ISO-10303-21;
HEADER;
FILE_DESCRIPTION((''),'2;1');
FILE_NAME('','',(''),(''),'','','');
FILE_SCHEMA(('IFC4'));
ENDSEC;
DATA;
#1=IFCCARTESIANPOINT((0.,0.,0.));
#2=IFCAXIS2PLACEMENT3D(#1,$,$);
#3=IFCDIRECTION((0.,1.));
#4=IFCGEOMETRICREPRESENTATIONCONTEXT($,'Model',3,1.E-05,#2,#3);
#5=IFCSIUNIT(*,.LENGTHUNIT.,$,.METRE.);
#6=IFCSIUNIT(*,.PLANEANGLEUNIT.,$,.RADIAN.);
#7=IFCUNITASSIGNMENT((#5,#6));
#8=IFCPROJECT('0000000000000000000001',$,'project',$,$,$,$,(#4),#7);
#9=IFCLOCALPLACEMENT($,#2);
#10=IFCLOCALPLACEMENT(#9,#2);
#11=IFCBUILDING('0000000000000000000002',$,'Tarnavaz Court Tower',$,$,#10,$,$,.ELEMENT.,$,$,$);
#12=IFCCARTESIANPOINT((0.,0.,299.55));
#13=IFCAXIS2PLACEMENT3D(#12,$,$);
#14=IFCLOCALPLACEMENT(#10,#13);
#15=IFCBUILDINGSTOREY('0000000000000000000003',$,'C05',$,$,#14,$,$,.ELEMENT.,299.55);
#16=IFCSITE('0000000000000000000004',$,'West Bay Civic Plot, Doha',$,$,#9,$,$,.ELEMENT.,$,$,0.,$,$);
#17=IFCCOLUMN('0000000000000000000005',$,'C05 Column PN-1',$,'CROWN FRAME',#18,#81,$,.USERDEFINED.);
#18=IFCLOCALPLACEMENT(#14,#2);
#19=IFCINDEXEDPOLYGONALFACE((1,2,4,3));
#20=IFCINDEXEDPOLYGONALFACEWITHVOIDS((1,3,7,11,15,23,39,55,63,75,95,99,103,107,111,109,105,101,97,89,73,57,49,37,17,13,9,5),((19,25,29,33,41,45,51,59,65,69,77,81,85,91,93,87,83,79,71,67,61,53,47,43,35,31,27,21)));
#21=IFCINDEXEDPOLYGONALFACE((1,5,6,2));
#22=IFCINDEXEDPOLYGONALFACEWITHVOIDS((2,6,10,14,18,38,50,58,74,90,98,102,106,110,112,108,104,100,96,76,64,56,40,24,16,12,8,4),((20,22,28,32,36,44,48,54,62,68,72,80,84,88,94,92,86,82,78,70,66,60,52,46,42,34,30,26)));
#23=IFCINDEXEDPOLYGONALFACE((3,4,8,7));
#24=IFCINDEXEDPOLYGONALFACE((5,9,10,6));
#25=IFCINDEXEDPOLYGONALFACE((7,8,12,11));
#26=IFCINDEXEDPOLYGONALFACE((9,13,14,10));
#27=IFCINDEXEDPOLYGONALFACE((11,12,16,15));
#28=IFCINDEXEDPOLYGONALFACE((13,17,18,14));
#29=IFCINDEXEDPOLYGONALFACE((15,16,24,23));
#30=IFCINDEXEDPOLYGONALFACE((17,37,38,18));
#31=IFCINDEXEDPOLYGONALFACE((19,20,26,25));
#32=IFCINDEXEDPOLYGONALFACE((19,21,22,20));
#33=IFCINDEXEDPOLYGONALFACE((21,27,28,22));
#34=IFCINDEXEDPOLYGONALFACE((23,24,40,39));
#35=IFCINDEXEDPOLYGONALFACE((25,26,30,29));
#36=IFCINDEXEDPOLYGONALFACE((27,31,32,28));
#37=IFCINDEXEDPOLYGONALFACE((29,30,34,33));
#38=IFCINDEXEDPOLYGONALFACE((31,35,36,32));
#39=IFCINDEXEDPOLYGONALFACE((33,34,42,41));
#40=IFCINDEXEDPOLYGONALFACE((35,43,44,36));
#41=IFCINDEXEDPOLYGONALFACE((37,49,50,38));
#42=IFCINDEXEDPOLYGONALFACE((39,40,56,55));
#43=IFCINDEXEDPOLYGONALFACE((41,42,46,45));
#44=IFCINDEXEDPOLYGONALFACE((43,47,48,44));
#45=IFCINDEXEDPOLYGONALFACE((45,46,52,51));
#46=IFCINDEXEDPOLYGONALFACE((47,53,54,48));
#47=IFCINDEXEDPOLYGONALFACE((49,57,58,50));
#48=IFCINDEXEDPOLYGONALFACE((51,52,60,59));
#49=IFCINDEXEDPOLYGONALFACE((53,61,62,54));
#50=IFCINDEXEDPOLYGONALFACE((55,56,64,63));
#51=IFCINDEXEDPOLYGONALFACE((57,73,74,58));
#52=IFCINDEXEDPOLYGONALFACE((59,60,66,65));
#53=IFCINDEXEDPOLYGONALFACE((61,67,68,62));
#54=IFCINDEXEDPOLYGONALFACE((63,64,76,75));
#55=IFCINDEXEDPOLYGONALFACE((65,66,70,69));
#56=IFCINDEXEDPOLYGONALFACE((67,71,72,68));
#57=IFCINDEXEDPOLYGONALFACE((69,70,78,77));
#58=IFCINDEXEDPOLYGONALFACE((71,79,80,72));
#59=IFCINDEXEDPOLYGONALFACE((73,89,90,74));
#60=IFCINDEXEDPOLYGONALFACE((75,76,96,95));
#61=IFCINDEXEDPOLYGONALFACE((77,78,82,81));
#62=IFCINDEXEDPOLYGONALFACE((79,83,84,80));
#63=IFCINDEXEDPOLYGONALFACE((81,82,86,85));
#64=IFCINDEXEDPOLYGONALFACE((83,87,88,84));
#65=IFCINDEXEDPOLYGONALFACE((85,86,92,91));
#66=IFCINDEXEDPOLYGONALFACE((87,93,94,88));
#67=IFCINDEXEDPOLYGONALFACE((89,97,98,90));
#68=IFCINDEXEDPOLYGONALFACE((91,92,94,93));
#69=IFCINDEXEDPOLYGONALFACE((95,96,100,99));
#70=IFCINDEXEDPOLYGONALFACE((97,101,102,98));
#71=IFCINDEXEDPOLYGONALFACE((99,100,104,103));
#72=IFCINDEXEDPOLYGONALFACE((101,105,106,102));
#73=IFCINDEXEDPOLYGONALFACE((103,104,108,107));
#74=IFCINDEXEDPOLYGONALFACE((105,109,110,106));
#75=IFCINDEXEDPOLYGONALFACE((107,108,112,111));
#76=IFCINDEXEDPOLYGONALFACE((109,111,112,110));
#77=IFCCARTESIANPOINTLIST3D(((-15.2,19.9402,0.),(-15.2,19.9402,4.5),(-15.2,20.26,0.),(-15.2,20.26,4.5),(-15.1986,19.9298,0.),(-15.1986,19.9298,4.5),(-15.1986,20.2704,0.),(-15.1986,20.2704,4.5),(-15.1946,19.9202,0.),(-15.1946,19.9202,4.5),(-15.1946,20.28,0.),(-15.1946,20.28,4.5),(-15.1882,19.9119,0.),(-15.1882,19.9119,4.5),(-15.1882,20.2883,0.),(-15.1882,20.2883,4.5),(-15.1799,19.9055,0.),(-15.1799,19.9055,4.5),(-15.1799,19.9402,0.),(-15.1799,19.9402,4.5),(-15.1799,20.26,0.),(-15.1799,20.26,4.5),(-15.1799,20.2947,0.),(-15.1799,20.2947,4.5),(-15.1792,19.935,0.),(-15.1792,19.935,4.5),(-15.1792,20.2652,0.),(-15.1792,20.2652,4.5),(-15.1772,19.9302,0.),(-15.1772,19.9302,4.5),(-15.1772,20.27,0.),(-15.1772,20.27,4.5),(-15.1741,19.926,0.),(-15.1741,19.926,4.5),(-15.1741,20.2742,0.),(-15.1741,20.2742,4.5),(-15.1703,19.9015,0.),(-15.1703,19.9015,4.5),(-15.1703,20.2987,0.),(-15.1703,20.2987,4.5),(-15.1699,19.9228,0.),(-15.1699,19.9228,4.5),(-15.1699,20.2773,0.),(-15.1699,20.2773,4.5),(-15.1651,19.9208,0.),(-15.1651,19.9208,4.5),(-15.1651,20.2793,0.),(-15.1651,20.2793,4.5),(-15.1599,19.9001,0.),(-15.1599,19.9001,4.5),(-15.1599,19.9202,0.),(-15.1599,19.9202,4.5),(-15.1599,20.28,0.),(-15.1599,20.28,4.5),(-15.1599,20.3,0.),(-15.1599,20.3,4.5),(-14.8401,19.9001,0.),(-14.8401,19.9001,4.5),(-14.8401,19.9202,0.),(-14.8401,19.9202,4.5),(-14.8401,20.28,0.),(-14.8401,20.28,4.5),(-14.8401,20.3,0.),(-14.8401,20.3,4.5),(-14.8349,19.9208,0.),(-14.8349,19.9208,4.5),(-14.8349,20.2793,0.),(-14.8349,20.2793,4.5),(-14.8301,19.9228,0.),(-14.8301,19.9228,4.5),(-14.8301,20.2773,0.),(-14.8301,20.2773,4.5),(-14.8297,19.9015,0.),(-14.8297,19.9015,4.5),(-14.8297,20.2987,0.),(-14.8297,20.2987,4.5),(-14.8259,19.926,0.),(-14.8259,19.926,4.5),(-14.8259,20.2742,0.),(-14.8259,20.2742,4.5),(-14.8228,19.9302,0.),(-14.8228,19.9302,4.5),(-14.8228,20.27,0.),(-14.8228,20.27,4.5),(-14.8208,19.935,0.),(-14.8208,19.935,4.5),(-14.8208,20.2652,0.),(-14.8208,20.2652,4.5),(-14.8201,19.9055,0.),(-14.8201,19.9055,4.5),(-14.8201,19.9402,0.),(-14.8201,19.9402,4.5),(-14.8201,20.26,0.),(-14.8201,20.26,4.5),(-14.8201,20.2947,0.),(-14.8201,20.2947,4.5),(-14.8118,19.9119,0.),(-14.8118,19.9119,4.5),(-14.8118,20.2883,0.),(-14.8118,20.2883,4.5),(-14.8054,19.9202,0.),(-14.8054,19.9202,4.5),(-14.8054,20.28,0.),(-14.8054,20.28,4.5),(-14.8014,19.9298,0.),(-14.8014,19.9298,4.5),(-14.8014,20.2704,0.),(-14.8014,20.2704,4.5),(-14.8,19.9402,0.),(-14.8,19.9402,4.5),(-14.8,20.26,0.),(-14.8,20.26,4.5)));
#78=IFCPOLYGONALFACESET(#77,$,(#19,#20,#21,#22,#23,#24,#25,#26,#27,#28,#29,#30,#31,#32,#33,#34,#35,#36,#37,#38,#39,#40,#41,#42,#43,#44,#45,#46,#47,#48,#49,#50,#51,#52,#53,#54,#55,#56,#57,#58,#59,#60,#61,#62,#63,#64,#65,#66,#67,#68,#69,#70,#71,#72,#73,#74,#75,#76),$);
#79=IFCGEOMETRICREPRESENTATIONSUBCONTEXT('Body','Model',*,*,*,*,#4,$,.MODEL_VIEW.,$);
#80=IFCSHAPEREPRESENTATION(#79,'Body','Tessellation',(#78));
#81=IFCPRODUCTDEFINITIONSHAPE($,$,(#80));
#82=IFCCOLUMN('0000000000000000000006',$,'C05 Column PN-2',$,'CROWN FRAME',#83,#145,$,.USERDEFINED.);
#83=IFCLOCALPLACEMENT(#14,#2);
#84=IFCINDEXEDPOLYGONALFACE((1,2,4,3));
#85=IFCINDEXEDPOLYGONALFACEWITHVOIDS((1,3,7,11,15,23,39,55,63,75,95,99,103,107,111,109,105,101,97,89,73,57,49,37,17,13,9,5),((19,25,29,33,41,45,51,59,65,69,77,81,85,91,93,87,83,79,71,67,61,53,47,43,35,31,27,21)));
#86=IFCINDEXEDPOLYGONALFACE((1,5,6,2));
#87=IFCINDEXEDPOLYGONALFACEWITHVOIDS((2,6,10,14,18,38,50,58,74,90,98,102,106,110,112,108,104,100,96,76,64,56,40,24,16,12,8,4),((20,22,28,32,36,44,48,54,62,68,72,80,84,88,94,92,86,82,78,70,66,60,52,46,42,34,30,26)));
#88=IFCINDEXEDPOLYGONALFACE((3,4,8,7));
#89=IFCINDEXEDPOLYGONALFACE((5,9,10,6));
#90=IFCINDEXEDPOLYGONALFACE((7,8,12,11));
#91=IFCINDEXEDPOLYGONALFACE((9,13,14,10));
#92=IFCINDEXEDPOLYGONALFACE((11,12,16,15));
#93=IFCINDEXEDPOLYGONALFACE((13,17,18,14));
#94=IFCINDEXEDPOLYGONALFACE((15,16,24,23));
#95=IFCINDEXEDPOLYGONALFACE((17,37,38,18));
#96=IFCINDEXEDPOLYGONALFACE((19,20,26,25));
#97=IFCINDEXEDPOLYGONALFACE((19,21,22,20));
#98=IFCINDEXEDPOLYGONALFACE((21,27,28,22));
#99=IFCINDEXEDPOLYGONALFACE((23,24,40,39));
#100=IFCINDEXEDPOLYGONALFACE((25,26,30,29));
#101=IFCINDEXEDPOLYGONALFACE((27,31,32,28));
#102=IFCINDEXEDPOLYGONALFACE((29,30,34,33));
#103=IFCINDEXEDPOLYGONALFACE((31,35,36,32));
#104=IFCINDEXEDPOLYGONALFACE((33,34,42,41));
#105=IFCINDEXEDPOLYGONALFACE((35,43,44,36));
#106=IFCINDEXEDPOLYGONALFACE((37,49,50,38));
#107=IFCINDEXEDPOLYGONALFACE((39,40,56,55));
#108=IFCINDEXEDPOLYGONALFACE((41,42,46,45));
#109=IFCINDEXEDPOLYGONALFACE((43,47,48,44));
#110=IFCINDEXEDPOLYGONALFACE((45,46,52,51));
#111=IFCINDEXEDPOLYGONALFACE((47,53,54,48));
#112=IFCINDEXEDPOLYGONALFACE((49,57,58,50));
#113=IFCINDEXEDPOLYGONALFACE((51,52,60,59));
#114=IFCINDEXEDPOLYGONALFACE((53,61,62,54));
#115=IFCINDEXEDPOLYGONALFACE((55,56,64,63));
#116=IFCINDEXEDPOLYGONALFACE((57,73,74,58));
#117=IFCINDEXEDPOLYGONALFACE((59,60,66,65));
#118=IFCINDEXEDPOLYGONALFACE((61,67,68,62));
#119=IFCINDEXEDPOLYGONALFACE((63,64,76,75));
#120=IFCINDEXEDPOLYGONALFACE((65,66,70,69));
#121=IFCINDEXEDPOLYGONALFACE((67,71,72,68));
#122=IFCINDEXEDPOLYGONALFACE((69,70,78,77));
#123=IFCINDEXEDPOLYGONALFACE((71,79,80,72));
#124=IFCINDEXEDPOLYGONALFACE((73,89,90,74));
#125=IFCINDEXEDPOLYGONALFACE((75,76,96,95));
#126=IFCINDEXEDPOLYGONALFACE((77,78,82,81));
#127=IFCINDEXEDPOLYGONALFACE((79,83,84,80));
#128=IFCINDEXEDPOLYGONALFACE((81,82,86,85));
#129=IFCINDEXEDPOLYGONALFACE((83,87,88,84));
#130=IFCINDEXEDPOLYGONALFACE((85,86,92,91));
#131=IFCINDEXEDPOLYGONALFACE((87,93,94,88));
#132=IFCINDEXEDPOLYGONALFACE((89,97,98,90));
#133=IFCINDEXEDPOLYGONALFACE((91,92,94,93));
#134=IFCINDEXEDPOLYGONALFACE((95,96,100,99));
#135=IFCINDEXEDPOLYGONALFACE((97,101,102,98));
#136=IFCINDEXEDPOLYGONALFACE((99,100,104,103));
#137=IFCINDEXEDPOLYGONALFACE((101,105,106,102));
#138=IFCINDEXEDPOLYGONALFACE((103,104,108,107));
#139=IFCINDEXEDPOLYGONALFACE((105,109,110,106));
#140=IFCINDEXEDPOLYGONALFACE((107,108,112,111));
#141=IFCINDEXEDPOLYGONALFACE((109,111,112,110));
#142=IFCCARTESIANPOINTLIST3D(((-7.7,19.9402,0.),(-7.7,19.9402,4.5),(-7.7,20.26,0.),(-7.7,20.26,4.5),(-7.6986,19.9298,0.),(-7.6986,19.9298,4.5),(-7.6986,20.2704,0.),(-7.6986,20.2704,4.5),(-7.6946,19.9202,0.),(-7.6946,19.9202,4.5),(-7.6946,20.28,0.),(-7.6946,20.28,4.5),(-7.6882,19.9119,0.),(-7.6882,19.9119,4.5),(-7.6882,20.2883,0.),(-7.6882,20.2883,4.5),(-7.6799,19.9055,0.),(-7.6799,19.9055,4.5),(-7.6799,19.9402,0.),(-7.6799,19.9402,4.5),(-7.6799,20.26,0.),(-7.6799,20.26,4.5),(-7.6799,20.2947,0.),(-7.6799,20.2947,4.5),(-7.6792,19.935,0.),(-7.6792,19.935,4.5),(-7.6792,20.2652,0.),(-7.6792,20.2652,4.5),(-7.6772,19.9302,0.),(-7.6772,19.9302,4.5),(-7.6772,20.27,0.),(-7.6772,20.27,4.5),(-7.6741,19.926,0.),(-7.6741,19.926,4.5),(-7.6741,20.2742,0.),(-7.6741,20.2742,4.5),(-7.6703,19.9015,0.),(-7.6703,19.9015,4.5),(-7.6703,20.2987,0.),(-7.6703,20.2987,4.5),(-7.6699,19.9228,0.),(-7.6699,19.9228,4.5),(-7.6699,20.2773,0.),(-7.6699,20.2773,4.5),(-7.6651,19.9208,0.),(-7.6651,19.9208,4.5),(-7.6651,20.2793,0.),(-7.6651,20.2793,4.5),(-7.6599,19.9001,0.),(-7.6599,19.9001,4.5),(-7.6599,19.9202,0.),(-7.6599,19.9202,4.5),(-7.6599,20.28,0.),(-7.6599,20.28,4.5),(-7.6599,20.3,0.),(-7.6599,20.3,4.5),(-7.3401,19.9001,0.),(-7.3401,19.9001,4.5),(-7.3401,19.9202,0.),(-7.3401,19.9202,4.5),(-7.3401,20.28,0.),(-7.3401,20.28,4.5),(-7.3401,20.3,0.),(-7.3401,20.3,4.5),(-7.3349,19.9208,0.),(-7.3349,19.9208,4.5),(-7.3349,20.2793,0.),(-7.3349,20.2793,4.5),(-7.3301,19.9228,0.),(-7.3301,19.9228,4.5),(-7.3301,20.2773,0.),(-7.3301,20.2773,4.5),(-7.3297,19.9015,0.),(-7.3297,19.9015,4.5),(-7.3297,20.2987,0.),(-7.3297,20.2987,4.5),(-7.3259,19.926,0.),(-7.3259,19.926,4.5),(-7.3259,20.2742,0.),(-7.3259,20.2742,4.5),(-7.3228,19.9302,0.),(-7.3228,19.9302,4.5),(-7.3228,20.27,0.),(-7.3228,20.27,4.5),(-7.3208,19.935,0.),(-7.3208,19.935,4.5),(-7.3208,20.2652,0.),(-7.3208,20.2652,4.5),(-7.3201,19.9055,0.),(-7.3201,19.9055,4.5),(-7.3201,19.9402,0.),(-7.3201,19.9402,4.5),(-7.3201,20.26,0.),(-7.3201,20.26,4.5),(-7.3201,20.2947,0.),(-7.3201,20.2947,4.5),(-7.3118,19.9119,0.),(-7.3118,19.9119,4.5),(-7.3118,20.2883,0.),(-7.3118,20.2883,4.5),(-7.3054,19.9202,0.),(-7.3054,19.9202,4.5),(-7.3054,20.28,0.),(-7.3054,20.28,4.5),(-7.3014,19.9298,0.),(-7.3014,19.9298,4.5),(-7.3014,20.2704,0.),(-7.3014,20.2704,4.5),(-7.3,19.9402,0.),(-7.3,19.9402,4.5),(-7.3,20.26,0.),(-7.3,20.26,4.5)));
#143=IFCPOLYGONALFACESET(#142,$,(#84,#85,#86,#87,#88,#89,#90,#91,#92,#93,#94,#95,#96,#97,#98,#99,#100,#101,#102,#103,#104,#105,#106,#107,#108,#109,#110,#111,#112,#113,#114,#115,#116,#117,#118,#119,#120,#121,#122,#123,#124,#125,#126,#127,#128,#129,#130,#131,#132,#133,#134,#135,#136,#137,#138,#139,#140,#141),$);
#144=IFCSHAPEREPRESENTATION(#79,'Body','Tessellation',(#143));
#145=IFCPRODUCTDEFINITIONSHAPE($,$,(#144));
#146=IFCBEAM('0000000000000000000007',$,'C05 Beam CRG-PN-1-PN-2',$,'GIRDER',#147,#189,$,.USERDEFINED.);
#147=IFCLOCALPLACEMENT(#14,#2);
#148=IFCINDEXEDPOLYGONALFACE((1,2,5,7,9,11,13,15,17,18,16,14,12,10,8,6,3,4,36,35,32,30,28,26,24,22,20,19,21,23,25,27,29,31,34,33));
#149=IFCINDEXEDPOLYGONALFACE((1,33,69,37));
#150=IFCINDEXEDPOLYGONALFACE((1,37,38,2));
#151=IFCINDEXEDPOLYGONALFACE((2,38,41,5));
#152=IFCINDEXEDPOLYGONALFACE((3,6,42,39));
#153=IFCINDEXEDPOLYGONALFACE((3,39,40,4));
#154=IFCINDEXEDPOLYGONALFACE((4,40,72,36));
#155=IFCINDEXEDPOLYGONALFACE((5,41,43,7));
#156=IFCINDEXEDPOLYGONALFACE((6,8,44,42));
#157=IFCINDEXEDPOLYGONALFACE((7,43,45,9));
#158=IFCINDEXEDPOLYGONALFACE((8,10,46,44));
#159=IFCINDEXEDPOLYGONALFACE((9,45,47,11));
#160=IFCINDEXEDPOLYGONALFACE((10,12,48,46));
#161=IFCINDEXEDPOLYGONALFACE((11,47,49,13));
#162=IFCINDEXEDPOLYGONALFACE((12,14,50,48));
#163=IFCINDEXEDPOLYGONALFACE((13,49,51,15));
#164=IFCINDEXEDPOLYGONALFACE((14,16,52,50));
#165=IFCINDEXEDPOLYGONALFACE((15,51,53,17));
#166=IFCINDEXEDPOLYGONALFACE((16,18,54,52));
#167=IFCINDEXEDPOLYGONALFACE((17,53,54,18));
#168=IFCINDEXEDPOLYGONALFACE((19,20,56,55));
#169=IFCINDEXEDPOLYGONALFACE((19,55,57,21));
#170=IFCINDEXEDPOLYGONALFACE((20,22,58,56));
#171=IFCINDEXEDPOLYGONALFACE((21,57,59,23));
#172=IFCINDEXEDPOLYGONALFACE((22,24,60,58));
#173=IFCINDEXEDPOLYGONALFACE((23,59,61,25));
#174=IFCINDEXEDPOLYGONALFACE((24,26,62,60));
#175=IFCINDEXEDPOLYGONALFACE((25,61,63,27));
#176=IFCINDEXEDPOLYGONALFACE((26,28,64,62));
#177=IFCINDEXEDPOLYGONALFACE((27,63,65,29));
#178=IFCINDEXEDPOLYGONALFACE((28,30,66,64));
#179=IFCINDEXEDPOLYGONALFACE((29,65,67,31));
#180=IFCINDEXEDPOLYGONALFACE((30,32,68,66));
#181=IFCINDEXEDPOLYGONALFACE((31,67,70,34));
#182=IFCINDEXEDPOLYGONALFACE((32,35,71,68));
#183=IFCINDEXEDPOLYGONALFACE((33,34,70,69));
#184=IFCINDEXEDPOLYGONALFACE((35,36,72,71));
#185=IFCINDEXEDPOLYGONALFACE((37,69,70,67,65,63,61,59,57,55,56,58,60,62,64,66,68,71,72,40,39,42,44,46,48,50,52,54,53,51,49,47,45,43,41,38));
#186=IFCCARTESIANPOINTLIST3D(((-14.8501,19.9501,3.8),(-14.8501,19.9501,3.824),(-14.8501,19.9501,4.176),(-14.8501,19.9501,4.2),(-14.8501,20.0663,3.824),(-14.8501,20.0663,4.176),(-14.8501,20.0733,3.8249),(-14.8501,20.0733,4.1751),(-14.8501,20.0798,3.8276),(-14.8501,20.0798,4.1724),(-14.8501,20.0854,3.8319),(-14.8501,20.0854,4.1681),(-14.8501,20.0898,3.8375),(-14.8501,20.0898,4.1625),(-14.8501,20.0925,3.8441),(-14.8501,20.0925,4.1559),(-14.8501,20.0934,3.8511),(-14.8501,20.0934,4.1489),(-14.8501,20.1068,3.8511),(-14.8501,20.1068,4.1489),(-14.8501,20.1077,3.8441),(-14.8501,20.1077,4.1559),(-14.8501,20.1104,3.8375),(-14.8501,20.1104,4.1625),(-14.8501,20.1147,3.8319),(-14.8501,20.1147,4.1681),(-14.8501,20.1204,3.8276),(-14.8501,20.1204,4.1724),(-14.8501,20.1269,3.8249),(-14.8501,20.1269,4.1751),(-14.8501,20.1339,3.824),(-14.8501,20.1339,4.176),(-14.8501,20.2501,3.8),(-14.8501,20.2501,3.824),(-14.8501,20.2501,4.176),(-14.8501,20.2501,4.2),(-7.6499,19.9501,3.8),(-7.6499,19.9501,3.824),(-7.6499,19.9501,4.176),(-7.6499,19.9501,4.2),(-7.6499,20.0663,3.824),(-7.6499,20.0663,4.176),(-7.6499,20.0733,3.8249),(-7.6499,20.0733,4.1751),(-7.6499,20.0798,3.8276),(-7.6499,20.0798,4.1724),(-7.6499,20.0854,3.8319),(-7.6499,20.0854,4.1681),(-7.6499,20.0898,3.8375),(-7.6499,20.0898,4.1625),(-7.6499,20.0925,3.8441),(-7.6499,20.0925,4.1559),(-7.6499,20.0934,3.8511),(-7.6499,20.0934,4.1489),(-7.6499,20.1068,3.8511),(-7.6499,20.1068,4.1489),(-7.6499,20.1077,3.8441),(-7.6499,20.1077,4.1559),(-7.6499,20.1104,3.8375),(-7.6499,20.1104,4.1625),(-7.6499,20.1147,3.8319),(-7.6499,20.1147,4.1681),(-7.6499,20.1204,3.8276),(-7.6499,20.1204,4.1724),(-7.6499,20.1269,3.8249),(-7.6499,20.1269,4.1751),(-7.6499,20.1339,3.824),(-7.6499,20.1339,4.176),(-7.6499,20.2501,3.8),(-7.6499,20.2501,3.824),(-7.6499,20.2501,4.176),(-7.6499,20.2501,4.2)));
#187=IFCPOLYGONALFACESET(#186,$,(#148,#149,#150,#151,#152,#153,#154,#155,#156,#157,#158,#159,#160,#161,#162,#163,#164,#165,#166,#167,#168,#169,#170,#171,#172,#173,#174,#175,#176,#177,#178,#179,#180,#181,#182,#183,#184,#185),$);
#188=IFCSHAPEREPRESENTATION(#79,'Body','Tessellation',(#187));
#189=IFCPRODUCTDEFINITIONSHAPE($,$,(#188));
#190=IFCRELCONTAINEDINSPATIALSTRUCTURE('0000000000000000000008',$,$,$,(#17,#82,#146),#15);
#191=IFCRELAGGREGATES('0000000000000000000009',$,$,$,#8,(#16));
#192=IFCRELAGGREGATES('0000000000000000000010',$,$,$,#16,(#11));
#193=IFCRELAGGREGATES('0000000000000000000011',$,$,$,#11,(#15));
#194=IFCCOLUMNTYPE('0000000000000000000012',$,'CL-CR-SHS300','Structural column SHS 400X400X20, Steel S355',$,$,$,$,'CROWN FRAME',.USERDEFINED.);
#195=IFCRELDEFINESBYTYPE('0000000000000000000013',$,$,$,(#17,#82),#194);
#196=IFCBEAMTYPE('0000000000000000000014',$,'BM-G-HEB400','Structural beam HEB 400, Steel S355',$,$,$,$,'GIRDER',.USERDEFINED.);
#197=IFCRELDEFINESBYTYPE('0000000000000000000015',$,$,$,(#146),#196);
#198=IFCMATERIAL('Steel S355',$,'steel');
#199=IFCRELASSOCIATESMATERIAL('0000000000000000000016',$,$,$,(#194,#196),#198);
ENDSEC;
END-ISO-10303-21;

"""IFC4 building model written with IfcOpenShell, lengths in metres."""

from ifc_helpers import new_model, si_unit, direction, frame, origin, origin_2d, place, context, subcontext, project, spatial, hollow_rectangle, i_section, extrude, material, material_profile, profile_set, type_object, element, save


model = new_model("IFC4")

# Units and contexts
model_context = context("Model", 3, precision=1e-05, world=origin(), true_north=direction((0.0, 1.0)))
body_context = subcontext(model_context, "Body", "Model", "MODEL_VIEW")
ifc_project = project(units=[si_unit("LENGTHUNIT", "METRE"), si_unit("PLANEANGLEUNIT", "RADIAN")], contexts=[model_context])

# Site, building, storey
site_placement = place(None, origin())
site = spatial("IfcSite", under=ifc_project, at=site_placement, Name="West Bay Civic Plot, Doha", CompositionType="ELEMENT", RefElevation=0.0)
building_placement = place(site_placement, origin())
building = spatial("IfcBuilding", under=site, at=building_placement, Name="Tarnavaz Court Tower", CompositionType="ELEMENT")
storey_placement = place(building_placement, frame((0.0, 0.0, 299.55)))
storey = spatial("IfcBuildingStorey", under=building, at=storey_placement, Name="C05", CompositionType="ELEMENT", Elevation=299.55)

# Columns
ifc_material_1 = material(Name="Steel S355", Category="steel")
ifc_material_profile_1 = material_profile(ifc_material_1, hollow_rectangle(XDim=0.3999, YDim=0.3999, WallThickness=0.02, InnerFilletRadius=0.02, OuterFilletRadius=0.04, at=origin_2d()), Name="SHS 400X400X20")
ifc_profile_set_1 = profile_set([ifc_material_profile_1], Name="Steel S355")
column_type = type_object("IfcColumnType", Name="CL-CR-SHS300", Description="Structural column SHS 400X400X20, Steel S355", ElementType="CROWN FRAME", PredefinedType="USERDEFINED", material=ifc_profile_set_1)
for number, where, z_axis, x_axis, name in (
    (1, (-15.0, 20.1001, 0.0), (0.0, 0.0, 1.0), (1.0, 0.0, 0.0), "C05 Column PN-1"),
    (2, (-7.5, 20.1001, 0.0), (0.0, 0.0, 1.0), (1.0, 0.0, 0.0), "C05 Column PN-2"),
):
    element("IfcColumn", number, at=place(storey_placement, frame(where, z_axis=z_axis, x_axis=x_axis)), inside=storey, type_object=column_type, Name=name, ObjectType="CROWN FRAME", PredefinedType="USERDEFINED", context=body_context, shape_type="SweptSolid", body=[
        extrude(hollow_rectangle(XDim=0.3999, YDim=0.3999, WallThickness=0.02, InnerFilletRadius=0.02, OuterFilletRadius=0.04, at=origin_2d()), origin(), (0.0, 0.0, 1.0), 4.5),
    ])

# Beam
ifc_material_profile_2 = material_profile(ifc_material_1, i_section(OverallWidth=0.3, OverallDepth=0.3999, WebThickness=0.0134, FlangeThickness=0.0239, FilletRadius=0.0271, at=origin_2d()), Name="HEB 400")
ifc_profile_set_2 = profile_set([ifc_material_profile_2], Name="Steel S355")
beam_type = type_object("IfcBeamType", Name="BM-G-HEB400", Description="Structural beam HEB 400, Steel S355", ElementType="GIRDER", PredefinedType="USERDEFINED", material=ifc_profile_set_2)
beam_1_placement = place(storey_placement, frame((-14.8501, 20.1001, 4.0), z_axis=(1.0, 0.0, 0.0), x_axis=(0.0, 1.0, 0.0)))
element("IfcBeam", 3, at=beam_1_placement, inside=storey, type_object=beam_type, Name="C05 Beam CRG-PN-1-PN-2", ObjectType="GIRDER", PredefinedType="USERDEFINED", context=body_context, shape_type="SweptSolid", body=[
    extrude(i_section(OverallWidth=0.3, OverallDepth=0.3999, WebThickness=0.0134, FlangeThickness=0.0239, FilletRadius=0.0271, at=origin_2d()), origin(), (0.0, 0.0, 1.0), 7.2002),
])

save(model, "model.ifc")
